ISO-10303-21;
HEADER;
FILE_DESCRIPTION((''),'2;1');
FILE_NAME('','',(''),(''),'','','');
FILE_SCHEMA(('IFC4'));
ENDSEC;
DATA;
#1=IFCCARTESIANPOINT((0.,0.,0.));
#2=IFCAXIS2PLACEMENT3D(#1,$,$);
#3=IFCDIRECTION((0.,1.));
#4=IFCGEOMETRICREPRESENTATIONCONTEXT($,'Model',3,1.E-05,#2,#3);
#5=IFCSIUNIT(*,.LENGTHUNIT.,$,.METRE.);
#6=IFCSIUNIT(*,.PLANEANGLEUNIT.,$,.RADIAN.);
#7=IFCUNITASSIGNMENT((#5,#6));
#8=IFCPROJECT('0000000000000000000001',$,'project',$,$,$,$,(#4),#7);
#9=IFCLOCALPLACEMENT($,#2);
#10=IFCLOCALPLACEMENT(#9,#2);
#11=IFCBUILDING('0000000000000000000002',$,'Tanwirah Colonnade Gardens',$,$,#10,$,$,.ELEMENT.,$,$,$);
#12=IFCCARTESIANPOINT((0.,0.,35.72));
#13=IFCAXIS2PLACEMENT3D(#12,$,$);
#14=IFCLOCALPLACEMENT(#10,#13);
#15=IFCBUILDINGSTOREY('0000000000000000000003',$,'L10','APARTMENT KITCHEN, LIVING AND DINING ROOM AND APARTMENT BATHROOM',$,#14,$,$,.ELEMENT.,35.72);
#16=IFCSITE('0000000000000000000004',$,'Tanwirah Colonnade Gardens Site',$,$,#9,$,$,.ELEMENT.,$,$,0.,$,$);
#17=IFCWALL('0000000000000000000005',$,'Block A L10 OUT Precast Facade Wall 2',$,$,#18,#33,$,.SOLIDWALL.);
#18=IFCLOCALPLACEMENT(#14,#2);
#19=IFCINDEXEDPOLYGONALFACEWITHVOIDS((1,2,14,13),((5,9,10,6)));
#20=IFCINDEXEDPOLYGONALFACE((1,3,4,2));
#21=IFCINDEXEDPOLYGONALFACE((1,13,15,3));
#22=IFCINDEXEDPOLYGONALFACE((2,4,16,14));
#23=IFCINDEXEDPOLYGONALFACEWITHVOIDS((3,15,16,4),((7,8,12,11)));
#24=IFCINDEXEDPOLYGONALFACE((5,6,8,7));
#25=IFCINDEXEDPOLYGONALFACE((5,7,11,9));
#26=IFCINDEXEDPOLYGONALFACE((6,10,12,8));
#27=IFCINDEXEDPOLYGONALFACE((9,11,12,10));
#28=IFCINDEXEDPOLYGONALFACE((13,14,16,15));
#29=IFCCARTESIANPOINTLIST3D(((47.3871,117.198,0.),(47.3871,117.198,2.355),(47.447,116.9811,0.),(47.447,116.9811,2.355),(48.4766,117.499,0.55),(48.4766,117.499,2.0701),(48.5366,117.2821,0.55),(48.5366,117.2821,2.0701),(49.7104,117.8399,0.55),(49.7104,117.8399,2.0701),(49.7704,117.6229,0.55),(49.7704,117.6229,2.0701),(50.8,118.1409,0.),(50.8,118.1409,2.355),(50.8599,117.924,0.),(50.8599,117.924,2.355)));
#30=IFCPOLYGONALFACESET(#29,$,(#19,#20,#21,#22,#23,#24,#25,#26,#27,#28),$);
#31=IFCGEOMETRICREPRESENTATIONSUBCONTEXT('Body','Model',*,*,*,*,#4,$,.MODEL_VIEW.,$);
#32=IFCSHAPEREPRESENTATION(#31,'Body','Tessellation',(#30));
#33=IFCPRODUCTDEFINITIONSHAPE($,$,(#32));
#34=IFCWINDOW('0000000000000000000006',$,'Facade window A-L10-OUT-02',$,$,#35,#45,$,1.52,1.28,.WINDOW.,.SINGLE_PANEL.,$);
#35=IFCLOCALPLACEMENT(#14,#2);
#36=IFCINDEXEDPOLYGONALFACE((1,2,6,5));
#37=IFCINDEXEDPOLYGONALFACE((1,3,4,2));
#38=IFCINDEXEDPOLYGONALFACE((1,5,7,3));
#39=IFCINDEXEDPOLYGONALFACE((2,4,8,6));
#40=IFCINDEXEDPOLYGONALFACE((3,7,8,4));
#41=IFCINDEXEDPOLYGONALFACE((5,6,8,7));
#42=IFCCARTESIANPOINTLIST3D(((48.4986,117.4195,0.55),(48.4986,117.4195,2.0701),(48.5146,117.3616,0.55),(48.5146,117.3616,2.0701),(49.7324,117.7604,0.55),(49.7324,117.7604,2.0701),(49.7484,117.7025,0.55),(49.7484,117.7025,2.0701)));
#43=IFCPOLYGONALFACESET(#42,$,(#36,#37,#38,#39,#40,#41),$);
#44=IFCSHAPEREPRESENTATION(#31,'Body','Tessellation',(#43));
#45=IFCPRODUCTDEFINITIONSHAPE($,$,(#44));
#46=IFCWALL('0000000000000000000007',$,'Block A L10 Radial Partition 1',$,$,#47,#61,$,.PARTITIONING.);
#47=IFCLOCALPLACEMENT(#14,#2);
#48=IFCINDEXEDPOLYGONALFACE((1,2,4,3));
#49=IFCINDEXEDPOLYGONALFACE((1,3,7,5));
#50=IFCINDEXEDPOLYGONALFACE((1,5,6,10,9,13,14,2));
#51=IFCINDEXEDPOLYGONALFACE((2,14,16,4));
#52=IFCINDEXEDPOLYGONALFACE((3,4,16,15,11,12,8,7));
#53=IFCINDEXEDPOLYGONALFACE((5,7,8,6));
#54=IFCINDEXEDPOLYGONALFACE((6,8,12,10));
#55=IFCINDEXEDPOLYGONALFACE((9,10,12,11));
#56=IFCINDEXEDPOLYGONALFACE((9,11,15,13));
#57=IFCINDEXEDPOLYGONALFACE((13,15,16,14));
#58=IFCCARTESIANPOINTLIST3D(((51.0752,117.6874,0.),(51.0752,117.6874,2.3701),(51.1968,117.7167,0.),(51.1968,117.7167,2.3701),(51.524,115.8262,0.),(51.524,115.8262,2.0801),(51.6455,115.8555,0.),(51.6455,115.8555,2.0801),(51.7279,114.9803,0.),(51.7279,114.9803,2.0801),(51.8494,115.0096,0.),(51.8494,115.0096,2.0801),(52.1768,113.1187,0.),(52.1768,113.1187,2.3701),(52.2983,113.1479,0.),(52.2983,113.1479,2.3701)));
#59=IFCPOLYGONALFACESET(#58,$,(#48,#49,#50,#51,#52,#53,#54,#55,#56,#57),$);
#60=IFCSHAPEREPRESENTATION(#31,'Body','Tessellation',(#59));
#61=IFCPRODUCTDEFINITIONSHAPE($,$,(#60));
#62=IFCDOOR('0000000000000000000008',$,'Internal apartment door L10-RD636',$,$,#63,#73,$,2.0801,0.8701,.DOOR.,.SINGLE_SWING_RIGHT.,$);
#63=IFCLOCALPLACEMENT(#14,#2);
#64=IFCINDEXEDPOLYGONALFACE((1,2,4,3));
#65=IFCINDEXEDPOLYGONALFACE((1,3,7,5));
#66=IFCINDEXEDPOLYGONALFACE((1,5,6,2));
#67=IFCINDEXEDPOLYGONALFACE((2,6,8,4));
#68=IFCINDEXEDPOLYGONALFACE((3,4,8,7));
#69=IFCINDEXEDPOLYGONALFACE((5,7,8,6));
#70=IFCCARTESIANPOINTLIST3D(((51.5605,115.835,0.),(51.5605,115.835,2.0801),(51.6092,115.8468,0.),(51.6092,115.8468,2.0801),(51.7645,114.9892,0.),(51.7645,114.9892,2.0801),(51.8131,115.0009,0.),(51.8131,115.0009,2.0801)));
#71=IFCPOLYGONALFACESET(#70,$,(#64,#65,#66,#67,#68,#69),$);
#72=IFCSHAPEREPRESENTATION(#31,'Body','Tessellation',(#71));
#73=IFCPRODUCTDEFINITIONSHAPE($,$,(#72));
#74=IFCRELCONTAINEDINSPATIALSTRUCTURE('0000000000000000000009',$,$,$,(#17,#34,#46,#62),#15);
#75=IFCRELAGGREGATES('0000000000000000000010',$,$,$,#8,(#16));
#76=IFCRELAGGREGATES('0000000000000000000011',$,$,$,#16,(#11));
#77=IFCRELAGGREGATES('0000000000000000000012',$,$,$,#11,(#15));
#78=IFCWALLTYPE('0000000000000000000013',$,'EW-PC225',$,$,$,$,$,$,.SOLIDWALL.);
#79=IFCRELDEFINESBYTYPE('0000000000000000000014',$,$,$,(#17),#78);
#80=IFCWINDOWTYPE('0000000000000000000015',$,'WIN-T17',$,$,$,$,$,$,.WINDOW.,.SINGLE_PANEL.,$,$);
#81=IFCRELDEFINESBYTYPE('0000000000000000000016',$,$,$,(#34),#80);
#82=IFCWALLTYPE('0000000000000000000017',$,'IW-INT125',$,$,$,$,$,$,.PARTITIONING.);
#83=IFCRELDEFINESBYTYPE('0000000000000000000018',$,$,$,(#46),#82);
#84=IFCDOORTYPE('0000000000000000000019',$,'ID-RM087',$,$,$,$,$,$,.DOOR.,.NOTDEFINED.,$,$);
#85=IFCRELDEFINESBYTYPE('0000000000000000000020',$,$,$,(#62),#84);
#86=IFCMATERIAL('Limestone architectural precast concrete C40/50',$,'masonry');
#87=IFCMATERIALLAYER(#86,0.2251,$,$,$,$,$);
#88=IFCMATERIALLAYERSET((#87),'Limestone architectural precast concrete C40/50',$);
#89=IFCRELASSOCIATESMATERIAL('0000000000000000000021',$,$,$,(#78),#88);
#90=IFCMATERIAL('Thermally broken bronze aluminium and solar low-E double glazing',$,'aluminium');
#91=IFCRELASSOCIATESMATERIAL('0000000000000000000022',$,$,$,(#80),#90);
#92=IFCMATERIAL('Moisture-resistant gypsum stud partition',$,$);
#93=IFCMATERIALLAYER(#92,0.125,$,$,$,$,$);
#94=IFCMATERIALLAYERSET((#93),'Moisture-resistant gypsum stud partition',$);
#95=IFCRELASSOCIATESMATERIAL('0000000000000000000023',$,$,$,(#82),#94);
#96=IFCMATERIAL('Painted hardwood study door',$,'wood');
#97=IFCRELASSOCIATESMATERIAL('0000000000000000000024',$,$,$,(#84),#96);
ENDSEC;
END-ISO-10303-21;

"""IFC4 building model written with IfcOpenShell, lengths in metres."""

from ifc_helpers import new_model, si_unit, direction, frame, frame_2d, origin, place, context, subcontext, project, spatial, rectangle, extrude, material, layer, layer_set, type_object, element, fill, save


model = new_model("IFC4")

# Units and contexts
model_context = context("Model", 3, precision=1e-05, world=origin(), true_north=direction((0.0, 1.0)))
body_context = subcontext(model_context, "Body", "Model", "MODEL_VIEW")
ifc_project = project(units=[si_unit("LENGTHUNIT", "METRE"), si_unit("PLANEANGLEUNIT", "RADIAN")], contexts=[model_context])

# Site, building, storey
site_placement = place(None, origin())
site = spatial("IfcSite", under=ifc_project, at=site_placement, Name="Tanwirah Colonnade Gardens Site", CompositionType="ELEMENT", RefElevation=0.0)
building_placement = place(site_placement, origin())
building = spatial("IfcBuilding", under=site, at=building_placement, Name="Tanwirah Colonnade Gardens", CompositionType="ELEMENT")
storey_placement = place(building_placement, frame((0.0, 0.0, 35.72)))
storey = spatial("IfcBuildingStorey", under=building, at=storey_placement, Name="L10", Description="APARTMENT KITCHEN, LIVING AND DINING ROOM AND APARTMENT BATHROOM", CompositionType="ELEMENT", Elevation=35.72)

# Wall, opening, window
ifc_material_1 = material(Name="Limestone architectural precast concrete C40/50", Category="masonry")
ifc_layer_1 = layer(ifc_material_1, 0.2251)
ifc_layer_set_1 = layer_set([ifc_layer_1], Name="Limestone architectural precast concrete C40/50")
wall_type_1 = type_object("IfcWallType", Name="EW-PC225", PredefinedType="SOLIDWALL", material=ifc_layer_set_1)
ifc_material_2 = material(Name="Thermally broken bronze aluminium and solar low-E double glazing", Category="aluminium")
wall_1_placement = place(storey_placement, frame((50.8301, 118.0325, 0.0), z_axis=(0.0, 0.0, 1.0), x_axis=(-0.963891, -0.266296, 0.0)))
wall_1 = element("IfcWall", 1, at=wall_1_placement, inside=storey, type_object=wall_type_1, Name="Block A L10 OUT Precast Facade Wall 2", PredefinedType="SOLIDWALL", context=body_context, shape_type="SweptSolid", body=[
    extrude(rectangle(XDim=3.5408, YDim=0.2251, at=frame_2d((1.7705, 0.0))), origin(), (0.0, 0.0, 1.0), 2.355),
])
opening_1_placement = place(wall_1_placement, frame((1.1304, 0.0, 0.55)))
opening_1 = element("IfcOpeningElement", 2, at=opening_1_placement, cuts=wall_1, PredefinedType="OPENING", context=body_context, shape_type="SweptSolid", body=[
    extrude(rectangle(XDim=1.28, YDim=1.52, at=frame_2d((0.6401, 0.76))), frame((0.0, 0.1226, 0.0), z_axis=(0.0, -1.0, 0.0), x_axis=(1.0, 0.0, 0.0)), (0.0, 0.0, 1.0), 0.2451),
])
window_type_1 = type_object("IfcWindowType", Name="WIN-T17", PartitioningType="SINGLE_PANEL", PredefinedType="WINDOW", material=ifc_material_2)
window_1_placement = place(opening_1_placement, origin())
window_1 = element("IfcWindow", 3, at=window_1_placement, inside=storey, type_object=window_type_1, Name="Facade window A-L10-OUT-02", OverallHeight=1.52, OverallWidth=1.28, PartitioningType="SINGLE_PANEL", PredefinedType="WINDOW", context=body_context, shape_type="SweptSolid", body=[
    extrude(rectangle(XDim=1.28, YDim=1.52, at=frame_2d((0.6401, 0.76))), frame((0.0, 0.03, 0.0), z_axis=(0.0, -1.0, 0.0), x_axis=(1.0, 0.0, 0.0)), (0.0, 0.0, 1.0), 0.0601),
])
fill(opening_1, window_1)

# Wall, opening, door
ifc_material_3 = material(Name="Moisture-resistant gypsum stud partition")
ifc_layer_2 = layer(ifc_material_3, 0.125)
ifc_layer_set_2 = layer_set([ifc_layer_2], Name="Moisture-resistant gypsum stud partition")
wall_type_2 = type_object("IfcWallType", Name="IW-INT125", PredefinedType="PARTITIONING", material=ifc_layer_set_2)
wall_2_placement = place(storey_placement, frame((52.2375, 113.1333, 0.0), z_axis=(0.0, 0.0, 1.0), x_axis=(-0.234387, 0.972143, 0.0)))
wall_2 = element("IfcWall", 4, at=wall_2_placement, inside=storey, type_object=wall_type_2, Name="Block A L10 Radial Partition 1", PredefinedType="PARTITIONING", context=body_context, shape_type="SweptSolid", body=[
    extrude(rectangle(XDim=4.6997, YDim=0.125, at=frame_2d((2.3499, 0.0))), origin(), (0.0, 0.0, 1.0), 2.3701),
])
opening_2_placement = place(wall_2_placement, frame((1.915, 0.0, 0.0)))
opening_2 = element("IfcOpeningElement", 5, at=opening_2_placement, cuts=wall_2, PredefinedType="OPENING", context=body_context, shape_type="SweptSolid", body=[
    extrude(rectangle(XDim=0.8701, YDim=2.0801, at=frame_2d((0.4351, 1.04))), frame((0.0, 0.0725, 0.0), z_axis=(0.0, -1.0, 0.0), x_axis=(1.0, 0.0, 0.0)), (0.0, 0.0, 1.0), 0.145),
])
ifc_material_4 = material(Name="Painted hardwood study door", Category="wood")
door_type_1 = type_object("IfcDoorType", Name="ID-RM087", OperationType="NOTDEFINED", PredefinedType="DOOR", material=ifc_material_4)
door_1_placement = place(opening_2_placement, origin())
door_1 = element("IfcDoor", 6, at=door_1_placement, inside=storey, type_object=door_type_1, Name="Internal apartment door L10-RD636", OperationType="SINGLE_SWING_RIGHT", OverallHeight=2.0801, OverallWidth=0.8701, PredefinedType="DOOR", context=body_context, shape_type="SweptSolid", body=[
    extrude(rectangle(XDim=0.8701, YDim=2.0801, at=frame_2d((0.4351, 1.04))), frame((0.0, 0.0249, 0.0), z_axis=(0.0, -1.0, 0.0), x_axis=(1.0, 0.0, 0.0)), (0.0, 0.0, 1.0), 0.05),
])
fill(opening_2, door_1)

save(model, "model.ifc")
